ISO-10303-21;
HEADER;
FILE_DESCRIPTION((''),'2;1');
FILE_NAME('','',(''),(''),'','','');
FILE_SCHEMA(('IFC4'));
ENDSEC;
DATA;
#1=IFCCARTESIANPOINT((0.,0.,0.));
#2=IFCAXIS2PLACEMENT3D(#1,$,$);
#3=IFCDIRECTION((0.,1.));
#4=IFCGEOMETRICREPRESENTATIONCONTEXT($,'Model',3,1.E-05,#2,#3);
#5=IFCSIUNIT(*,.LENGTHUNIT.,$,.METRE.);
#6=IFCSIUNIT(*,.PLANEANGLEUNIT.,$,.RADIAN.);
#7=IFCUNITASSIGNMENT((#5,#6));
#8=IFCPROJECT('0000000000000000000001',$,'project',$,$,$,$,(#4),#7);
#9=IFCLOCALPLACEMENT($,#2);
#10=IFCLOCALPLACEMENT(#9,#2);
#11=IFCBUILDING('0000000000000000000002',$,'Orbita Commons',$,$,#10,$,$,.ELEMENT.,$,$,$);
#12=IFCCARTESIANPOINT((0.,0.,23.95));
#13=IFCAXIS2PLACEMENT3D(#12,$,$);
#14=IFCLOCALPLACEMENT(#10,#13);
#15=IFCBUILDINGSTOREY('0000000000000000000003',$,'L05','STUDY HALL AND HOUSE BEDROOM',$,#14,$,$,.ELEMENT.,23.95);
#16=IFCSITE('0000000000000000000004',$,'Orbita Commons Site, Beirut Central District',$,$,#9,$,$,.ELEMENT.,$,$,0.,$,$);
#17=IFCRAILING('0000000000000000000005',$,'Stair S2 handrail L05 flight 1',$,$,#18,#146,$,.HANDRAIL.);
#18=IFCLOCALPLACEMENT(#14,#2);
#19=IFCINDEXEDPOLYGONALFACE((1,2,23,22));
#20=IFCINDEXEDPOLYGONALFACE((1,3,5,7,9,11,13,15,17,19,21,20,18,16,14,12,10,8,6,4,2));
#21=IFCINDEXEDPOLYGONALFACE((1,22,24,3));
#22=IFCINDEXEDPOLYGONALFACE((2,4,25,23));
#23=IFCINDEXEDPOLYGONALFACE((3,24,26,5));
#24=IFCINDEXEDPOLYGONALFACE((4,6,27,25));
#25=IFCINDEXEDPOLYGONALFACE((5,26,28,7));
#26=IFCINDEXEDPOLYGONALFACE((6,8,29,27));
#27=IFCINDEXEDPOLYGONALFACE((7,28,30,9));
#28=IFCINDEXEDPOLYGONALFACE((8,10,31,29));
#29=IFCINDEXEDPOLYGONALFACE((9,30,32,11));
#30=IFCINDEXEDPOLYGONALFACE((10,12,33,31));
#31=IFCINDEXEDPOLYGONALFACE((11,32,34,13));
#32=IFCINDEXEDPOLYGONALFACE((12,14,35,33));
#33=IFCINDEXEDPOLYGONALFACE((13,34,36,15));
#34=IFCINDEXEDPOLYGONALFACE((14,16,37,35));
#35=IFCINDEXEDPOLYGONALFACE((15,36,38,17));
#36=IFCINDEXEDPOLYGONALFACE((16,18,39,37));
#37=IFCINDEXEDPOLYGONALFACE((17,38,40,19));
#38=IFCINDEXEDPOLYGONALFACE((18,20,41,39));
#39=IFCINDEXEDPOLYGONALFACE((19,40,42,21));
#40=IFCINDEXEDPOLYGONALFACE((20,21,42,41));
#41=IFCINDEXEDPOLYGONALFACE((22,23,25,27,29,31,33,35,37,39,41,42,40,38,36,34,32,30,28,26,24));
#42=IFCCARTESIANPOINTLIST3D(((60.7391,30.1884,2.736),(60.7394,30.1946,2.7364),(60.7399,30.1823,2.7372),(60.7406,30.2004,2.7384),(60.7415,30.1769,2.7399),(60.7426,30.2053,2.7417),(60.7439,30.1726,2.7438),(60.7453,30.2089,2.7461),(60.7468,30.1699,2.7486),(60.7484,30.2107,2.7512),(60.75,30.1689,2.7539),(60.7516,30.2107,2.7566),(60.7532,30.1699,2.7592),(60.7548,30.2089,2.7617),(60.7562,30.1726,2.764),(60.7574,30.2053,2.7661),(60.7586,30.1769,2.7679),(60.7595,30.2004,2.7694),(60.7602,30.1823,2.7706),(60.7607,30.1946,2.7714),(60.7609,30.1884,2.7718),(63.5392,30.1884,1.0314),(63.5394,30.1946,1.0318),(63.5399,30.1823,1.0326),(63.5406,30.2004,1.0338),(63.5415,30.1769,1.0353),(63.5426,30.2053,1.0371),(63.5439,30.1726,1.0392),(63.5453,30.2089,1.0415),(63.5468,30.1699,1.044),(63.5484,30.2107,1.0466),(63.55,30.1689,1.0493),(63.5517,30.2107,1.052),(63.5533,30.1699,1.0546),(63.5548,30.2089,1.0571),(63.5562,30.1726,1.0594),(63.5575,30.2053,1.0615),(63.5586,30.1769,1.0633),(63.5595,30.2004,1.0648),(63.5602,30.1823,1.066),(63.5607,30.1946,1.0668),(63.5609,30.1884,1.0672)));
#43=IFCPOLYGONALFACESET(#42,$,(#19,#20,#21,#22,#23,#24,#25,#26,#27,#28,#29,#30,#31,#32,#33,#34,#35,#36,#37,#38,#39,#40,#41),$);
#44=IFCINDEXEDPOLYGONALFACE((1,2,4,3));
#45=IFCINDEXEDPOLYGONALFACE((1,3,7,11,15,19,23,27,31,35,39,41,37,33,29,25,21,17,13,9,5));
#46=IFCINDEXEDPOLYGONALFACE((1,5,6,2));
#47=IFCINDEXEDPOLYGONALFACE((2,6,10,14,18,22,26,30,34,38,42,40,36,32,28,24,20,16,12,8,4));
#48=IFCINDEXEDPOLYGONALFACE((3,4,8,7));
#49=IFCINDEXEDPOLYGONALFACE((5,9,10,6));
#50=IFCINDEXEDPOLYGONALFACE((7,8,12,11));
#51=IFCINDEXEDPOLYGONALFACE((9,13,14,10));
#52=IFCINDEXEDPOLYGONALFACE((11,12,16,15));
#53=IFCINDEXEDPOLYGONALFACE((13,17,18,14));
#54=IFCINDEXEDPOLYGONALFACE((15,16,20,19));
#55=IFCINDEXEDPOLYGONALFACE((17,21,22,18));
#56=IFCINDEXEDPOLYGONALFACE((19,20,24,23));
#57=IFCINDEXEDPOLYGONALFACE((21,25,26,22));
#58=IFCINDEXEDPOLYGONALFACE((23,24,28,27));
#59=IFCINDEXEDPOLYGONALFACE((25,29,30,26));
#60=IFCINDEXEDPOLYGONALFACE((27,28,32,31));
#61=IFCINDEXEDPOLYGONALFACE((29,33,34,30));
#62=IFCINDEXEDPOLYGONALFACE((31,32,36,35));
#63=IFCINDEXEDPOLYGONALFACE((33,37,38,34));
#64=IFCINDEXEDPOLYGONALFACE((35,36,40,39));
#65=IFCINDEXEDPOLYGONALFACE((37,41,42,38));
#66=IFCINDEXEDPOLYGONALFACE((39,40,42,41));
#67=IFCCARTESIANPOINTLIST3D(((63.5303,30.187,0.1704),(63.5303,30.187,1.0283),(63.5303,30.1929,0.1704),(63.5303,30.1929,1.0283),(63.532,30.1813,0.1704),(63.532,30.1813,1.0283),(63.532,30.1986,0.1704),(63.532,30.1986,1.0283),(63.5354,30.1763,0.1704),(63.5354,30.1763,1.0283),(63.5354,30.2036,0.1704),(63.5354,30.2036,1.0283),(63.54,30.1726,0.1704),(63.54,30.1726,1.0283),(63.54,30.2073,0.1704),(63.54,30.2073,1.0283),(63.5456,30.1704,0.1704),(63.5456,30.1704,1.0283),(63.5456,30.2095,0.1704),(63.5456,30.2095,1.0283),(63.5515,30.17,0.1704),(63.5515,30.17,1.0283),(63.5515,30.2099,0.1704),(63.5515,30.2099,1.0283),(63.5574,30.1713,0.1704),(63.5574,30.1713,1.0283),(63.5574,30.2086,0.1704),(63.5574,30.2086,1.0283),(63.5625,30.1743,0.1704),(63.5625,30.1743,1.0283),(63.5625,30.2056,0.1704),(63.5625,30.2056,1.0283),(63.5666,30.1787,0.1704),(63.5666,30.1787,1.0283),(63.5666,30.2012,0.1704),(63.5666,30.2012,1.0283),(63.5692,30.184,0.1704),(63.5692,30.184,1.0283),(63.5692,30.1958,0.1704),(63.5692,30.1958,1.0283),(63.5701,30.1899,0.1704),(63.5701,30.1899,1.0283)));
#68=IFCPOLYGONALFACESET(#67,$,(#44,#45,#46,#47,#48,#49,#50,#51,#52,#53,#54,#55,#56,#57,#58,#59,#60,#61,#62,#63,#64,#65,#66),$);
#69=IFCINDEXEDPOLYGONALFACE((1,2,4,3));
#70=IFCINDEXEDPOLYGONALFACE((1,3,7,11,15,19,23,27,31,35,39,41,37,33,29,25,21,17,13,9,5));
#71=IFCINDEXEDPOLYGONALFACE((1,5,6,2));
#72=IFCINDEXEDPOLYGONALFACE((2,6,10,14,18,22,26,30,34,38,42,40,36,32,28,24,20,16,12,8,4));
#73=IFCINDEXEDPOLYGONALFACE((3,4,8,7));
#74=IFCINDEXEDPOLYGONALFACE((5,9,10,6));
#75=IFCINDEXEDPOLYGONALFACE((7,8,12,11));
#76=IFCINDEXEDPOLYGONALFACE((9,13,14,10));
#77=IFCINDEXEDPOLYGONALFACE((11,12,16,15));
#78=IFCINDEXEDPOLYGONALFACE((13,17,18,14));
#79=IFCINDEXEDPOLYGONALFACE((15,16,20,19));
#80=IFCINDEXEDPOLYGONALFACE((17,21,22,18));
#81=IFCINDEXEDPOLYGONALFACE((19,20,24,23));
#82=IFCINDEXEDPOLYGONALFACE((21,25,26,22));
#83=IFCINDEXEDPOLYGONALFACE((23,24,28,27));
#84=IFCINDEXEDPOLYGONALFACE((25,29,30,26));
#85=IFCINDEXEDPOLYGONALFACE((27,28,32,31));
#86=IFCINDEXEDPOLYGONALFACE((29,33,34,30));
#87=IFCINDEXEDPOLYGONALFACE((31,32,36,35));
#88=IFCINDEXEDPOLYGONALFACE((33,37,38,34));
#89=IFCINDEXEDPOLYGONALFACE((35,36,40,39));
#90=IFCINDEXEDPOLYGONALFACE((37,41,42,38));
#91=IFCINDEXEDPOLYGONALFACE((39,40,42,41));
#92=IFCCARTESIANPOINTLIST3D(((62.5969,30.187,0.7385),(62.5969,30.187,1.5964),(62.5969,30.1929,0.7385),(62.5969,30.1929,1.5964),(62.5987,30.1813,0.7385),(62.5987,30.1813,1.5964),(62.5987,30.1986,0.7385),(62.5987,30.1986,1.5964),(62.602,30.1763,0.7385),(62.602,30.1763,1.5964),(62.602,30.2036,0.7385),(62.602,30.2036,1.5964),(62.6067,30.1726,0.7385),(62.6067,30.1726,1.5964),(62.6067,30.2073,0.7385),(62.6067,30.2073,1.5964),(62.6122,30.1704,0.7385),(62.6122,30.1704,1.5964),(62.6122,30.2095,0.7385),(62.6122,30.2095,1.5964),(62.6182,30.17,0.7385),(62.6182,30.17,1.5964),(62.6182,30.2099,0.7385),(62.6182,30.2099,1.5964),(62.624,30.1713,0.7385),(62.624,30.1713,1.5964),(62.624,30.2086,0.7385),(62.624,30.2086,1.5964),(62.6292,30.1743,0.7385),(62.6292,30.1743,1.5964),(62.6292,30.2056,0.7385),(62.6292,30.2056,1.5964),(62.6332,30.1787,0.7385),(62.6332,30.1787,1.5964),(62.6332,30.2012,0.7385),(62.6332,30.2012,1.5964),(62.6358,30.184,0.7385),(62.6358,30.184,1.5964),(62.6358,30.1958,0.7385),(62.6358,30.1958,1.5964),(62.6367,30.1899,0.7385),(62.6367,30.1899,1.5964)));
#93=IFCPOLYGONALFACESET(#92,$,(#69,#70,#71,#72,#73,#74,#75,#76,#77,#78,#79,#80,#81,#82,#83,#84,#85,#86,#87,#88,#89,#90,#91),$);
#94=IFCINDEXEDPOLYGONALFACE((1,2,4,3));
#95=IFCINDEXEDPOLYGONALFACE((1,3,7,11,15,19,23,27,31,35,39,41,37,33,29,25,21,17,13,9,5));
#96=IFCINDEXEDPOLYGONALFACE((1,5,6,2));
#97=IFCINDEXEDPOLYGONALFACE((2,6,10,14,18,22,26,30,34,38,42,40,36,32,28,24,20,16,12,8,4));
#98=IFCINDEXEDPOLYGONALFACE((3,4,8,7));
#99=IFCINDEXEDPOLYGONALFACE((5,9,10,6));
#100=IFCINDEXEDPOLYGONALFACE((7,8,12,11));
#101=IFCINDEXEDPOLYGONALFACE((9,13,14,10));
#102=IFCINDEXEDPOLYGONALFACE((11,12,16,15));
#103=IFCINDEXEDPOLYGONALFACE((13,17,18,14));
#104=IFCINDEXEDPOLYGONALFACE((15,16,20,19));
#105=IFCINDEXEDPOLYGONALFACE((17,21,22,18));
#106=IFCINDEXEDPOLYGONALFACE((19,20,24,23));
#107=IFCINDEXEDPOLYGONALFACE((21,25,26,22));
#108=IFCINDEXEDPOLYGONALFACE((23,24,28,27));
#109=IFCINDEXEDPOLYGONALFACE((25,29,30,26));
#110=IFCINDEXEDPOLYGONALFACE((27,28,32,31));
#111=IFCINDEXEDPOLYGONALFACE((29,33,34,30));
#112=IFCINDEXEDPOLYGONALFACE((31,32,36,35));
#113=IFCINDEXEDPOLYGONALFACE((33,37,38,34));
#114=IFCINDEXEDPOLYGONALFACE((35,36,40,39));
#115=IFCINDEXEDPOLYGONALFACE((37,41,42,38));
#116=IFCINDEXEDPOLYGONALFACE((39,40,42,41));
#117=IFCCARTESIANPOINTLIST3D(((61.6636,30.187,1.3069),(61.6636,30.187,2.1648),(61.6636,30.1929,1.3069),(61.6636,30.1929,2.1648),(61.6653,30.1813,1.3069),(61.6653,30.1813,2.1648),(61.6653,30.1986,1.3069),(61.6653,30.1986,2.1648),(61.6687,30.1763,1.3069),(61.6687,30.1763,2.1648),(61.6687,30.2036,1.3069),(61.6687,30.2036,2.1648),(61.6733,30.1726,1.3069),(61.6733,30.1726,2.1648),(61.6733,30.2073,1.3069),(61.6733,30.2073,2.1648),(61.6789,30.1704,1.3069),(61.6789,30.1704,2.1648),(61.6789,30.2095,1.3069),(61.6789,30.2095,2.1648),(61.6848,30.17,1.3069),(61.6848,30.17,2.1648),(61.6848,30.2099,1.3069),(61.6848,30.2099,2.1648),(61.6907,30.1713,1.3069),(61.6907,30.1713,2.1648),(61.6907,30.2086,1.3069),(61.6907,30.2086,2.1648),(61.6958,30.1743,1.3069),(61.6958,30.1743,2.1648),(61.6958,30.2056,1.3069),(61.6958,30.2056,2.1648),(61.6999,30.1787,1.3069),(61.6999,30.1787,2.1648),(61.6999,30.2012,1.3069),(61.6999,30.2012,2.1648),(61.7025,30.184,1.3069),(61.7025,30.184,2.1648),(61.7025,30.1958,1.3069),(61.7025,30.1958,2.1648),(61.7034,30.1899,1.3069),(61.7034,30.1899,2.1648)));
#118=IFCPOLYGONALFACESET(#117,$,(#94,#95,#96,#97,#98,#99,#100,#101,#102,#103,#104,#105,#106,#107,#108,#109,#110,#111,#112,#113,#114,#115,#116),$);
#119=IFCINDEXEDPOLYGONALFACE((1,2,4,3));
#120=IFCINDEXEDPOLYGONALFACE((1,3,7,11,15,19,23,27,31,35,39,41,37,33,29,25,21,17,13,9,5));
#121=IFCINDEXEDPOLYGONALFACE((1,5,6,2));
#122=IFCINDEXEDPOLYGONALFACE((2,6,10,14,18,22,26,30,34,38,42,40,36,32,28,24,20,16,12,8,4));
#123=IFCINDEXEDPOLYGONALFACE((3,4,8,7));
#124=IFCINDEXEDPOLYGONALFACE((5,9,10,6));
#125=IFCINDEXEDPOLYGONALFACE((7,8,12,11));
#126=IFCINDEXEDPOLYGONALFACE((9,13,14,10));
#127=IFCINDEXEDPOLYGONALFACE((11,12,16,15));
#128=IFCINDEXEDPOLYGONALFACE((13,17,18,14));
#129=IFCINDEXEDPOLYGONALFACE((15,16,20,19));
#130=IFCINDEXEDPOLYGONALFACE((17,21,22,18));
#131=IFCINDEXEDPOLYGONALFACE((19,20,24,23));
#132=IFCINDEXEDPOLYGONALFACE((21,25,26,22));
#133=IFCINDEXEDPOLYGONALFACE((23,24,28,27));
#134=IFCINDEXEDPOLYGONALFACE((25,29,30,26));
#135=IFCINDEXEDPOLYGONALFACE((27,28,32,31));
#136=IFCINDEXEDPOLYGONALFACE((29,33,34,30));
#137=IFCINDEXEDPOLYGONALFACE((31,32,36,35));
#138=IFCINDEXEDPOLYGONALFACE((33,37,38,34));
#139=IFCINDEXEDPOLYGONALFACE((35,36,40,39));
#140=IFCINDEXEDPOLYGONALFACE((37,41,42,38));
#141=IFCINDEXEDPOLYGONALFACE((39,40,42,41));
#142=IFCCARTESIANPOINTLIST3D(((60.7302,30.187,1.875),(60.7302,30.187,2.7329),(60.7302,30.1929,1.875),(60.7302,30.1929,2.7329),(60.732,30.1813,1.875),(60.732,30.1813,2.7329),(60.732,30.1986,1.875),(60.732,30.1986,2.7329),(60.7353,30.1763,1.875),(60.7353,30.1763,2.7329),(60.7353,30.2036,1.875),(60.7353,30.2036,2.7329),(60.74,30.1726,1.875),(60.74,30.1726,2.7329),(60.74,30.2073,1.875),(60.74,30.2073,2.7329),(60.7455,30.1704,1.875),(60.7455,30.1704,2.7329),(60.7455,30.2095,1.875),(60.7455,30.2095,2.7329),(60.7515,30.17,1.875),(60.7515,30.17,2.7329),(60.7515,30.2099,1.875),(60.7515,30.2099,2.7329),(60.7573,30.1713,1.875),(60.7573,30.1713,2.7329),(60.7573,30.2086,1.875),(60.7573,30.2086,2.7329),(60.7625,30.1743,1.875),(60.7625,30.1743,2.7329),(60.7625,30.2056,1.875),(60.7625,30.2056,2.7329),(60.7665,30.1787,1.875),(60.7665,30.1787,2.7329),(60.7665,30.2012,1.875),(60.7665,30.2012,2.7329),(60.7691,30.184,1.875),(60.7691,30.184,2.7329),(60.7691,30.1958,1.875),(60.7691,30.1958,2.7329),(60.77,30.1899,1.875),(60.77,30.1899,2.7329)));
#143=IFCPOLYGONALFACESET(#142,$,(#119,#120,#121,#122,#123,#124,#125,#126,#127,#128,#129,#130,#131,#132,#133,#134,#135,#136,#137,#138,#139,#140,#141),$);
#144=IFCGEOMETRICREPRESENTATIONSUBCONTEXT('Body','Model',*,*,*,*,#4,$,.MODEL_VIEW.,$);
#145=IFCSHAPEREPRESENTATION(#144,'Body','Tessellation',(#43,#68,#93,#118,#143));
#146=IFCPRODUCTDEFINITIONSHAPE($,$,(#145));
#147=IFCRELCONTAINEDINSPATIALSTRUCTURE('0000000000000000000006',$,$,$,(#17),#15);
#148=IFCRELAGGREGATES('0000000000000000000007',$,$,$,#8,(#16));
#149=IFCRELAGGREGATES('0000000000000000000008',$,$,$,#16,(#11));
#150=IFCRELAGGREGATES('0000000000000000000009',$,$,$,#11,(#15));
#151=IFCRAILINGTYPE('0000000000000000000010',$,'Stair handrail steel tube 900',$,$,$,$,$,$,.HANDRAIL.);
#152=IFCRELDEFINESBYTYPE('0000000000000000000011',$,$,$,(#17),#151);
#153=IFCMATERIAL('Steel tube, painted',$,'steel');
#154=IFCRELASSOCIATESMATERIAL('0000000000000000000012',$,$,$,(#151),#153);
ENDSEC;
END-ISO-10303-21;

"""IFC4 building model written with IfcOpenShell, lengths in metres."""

from ifc_helpers import new_model, si_unit, direction, frame, origin, origin_2d, place, context, subcontext, project, spatial, circle, extrude, material, type_object, element, save


model = new_model("IFC4")

# Units and contexts
model_context = context("Model", 3, precision=1e-05, world=origin(), true_north=direction((0.0, 1.0)))
body_context = subcontext(model_context, "Body", "Model", "MODEL_VIEW")
ifc_project = project(units=[si_unit("LENGTHUNIT", "METRE"), si_unit("PLANEANGLEUNIT", "RADIAN")], contexts=[model_context])

# Site, building, storey
site_placement = place(None, origin())
site = spatial("IfcSite", under=ifc_project, at=site_placement, Name="Orbita Commons Site, Beirut Central District", CompositionType="ELEMENT", RefElevation=0.0)
building_placement = place(site_placement, origin())
building = spatial("IfcBuilding", under=site, at=building_placement, Name="Orbita Commons", CompositionType="ELEMENT")
storey_placement = place(building_placement, frame((0.0, 0.0, 23.95)))
storey = spatial("IfcBuildingStorey", under=building, at=storey_placement, Name="L05", Description="STUDY HALL AND HOUSE BEDROOM", CompositionType="ELEMENT", Elevation=23.95)

# Railing
ifc_material_1 = material(Name="Steel tube, painted", Category="steel")
railing_type = type_object("IfcRailingType", Name="Stair handrail steel tube 900", PredefinedType="HANDRAIL", material=ifc_material_1)
railing_placement = place(storey_placement, frame((63.55, 30.1899, 0.1704)))
element("IfcRailing", 1, at=railing_placement, inside=storey, type_object=railing_type, Name="Stair S2 handrail L05 flight 1", PredefinedType="HANDRAIL", context=body_context, shape_type="SweptSolid", body=[
    extrude(circle(Radius=0.021, at=origin_2d()), frame((0.0, 0.0, 0.8789), z_axis=(-0.85417, 0.0, 0.519994), x_axis=(0.0, -1.0, 0.0)), (0.0, 0.0, 1.0), 3.2781),
    extrude(circle(Radius=0.02, at=origin_2d()), origin(), (0.0, 0.0, 1.0), 0.8579),
    extrude(circle(Radius=0.02, at=origin_2d()), frame((-0.9333, 0.0, 0.5681)), (0.0, 0.0, 1.0), 0.8579),
    extrude(circle(Radius=0.02, at=origin_2d()), frame((-1.8667, 0.0, 1.1365)), (0.0, 0.0, 1.0), 0.8579),
    extrude(circle(Radius=0.02, at=origin_2d()), frame((-2.8, 0.0, 1.7046)), (0.0, 0.0, 1.0), 0.8579),
])

save(model, "model.ifc")
